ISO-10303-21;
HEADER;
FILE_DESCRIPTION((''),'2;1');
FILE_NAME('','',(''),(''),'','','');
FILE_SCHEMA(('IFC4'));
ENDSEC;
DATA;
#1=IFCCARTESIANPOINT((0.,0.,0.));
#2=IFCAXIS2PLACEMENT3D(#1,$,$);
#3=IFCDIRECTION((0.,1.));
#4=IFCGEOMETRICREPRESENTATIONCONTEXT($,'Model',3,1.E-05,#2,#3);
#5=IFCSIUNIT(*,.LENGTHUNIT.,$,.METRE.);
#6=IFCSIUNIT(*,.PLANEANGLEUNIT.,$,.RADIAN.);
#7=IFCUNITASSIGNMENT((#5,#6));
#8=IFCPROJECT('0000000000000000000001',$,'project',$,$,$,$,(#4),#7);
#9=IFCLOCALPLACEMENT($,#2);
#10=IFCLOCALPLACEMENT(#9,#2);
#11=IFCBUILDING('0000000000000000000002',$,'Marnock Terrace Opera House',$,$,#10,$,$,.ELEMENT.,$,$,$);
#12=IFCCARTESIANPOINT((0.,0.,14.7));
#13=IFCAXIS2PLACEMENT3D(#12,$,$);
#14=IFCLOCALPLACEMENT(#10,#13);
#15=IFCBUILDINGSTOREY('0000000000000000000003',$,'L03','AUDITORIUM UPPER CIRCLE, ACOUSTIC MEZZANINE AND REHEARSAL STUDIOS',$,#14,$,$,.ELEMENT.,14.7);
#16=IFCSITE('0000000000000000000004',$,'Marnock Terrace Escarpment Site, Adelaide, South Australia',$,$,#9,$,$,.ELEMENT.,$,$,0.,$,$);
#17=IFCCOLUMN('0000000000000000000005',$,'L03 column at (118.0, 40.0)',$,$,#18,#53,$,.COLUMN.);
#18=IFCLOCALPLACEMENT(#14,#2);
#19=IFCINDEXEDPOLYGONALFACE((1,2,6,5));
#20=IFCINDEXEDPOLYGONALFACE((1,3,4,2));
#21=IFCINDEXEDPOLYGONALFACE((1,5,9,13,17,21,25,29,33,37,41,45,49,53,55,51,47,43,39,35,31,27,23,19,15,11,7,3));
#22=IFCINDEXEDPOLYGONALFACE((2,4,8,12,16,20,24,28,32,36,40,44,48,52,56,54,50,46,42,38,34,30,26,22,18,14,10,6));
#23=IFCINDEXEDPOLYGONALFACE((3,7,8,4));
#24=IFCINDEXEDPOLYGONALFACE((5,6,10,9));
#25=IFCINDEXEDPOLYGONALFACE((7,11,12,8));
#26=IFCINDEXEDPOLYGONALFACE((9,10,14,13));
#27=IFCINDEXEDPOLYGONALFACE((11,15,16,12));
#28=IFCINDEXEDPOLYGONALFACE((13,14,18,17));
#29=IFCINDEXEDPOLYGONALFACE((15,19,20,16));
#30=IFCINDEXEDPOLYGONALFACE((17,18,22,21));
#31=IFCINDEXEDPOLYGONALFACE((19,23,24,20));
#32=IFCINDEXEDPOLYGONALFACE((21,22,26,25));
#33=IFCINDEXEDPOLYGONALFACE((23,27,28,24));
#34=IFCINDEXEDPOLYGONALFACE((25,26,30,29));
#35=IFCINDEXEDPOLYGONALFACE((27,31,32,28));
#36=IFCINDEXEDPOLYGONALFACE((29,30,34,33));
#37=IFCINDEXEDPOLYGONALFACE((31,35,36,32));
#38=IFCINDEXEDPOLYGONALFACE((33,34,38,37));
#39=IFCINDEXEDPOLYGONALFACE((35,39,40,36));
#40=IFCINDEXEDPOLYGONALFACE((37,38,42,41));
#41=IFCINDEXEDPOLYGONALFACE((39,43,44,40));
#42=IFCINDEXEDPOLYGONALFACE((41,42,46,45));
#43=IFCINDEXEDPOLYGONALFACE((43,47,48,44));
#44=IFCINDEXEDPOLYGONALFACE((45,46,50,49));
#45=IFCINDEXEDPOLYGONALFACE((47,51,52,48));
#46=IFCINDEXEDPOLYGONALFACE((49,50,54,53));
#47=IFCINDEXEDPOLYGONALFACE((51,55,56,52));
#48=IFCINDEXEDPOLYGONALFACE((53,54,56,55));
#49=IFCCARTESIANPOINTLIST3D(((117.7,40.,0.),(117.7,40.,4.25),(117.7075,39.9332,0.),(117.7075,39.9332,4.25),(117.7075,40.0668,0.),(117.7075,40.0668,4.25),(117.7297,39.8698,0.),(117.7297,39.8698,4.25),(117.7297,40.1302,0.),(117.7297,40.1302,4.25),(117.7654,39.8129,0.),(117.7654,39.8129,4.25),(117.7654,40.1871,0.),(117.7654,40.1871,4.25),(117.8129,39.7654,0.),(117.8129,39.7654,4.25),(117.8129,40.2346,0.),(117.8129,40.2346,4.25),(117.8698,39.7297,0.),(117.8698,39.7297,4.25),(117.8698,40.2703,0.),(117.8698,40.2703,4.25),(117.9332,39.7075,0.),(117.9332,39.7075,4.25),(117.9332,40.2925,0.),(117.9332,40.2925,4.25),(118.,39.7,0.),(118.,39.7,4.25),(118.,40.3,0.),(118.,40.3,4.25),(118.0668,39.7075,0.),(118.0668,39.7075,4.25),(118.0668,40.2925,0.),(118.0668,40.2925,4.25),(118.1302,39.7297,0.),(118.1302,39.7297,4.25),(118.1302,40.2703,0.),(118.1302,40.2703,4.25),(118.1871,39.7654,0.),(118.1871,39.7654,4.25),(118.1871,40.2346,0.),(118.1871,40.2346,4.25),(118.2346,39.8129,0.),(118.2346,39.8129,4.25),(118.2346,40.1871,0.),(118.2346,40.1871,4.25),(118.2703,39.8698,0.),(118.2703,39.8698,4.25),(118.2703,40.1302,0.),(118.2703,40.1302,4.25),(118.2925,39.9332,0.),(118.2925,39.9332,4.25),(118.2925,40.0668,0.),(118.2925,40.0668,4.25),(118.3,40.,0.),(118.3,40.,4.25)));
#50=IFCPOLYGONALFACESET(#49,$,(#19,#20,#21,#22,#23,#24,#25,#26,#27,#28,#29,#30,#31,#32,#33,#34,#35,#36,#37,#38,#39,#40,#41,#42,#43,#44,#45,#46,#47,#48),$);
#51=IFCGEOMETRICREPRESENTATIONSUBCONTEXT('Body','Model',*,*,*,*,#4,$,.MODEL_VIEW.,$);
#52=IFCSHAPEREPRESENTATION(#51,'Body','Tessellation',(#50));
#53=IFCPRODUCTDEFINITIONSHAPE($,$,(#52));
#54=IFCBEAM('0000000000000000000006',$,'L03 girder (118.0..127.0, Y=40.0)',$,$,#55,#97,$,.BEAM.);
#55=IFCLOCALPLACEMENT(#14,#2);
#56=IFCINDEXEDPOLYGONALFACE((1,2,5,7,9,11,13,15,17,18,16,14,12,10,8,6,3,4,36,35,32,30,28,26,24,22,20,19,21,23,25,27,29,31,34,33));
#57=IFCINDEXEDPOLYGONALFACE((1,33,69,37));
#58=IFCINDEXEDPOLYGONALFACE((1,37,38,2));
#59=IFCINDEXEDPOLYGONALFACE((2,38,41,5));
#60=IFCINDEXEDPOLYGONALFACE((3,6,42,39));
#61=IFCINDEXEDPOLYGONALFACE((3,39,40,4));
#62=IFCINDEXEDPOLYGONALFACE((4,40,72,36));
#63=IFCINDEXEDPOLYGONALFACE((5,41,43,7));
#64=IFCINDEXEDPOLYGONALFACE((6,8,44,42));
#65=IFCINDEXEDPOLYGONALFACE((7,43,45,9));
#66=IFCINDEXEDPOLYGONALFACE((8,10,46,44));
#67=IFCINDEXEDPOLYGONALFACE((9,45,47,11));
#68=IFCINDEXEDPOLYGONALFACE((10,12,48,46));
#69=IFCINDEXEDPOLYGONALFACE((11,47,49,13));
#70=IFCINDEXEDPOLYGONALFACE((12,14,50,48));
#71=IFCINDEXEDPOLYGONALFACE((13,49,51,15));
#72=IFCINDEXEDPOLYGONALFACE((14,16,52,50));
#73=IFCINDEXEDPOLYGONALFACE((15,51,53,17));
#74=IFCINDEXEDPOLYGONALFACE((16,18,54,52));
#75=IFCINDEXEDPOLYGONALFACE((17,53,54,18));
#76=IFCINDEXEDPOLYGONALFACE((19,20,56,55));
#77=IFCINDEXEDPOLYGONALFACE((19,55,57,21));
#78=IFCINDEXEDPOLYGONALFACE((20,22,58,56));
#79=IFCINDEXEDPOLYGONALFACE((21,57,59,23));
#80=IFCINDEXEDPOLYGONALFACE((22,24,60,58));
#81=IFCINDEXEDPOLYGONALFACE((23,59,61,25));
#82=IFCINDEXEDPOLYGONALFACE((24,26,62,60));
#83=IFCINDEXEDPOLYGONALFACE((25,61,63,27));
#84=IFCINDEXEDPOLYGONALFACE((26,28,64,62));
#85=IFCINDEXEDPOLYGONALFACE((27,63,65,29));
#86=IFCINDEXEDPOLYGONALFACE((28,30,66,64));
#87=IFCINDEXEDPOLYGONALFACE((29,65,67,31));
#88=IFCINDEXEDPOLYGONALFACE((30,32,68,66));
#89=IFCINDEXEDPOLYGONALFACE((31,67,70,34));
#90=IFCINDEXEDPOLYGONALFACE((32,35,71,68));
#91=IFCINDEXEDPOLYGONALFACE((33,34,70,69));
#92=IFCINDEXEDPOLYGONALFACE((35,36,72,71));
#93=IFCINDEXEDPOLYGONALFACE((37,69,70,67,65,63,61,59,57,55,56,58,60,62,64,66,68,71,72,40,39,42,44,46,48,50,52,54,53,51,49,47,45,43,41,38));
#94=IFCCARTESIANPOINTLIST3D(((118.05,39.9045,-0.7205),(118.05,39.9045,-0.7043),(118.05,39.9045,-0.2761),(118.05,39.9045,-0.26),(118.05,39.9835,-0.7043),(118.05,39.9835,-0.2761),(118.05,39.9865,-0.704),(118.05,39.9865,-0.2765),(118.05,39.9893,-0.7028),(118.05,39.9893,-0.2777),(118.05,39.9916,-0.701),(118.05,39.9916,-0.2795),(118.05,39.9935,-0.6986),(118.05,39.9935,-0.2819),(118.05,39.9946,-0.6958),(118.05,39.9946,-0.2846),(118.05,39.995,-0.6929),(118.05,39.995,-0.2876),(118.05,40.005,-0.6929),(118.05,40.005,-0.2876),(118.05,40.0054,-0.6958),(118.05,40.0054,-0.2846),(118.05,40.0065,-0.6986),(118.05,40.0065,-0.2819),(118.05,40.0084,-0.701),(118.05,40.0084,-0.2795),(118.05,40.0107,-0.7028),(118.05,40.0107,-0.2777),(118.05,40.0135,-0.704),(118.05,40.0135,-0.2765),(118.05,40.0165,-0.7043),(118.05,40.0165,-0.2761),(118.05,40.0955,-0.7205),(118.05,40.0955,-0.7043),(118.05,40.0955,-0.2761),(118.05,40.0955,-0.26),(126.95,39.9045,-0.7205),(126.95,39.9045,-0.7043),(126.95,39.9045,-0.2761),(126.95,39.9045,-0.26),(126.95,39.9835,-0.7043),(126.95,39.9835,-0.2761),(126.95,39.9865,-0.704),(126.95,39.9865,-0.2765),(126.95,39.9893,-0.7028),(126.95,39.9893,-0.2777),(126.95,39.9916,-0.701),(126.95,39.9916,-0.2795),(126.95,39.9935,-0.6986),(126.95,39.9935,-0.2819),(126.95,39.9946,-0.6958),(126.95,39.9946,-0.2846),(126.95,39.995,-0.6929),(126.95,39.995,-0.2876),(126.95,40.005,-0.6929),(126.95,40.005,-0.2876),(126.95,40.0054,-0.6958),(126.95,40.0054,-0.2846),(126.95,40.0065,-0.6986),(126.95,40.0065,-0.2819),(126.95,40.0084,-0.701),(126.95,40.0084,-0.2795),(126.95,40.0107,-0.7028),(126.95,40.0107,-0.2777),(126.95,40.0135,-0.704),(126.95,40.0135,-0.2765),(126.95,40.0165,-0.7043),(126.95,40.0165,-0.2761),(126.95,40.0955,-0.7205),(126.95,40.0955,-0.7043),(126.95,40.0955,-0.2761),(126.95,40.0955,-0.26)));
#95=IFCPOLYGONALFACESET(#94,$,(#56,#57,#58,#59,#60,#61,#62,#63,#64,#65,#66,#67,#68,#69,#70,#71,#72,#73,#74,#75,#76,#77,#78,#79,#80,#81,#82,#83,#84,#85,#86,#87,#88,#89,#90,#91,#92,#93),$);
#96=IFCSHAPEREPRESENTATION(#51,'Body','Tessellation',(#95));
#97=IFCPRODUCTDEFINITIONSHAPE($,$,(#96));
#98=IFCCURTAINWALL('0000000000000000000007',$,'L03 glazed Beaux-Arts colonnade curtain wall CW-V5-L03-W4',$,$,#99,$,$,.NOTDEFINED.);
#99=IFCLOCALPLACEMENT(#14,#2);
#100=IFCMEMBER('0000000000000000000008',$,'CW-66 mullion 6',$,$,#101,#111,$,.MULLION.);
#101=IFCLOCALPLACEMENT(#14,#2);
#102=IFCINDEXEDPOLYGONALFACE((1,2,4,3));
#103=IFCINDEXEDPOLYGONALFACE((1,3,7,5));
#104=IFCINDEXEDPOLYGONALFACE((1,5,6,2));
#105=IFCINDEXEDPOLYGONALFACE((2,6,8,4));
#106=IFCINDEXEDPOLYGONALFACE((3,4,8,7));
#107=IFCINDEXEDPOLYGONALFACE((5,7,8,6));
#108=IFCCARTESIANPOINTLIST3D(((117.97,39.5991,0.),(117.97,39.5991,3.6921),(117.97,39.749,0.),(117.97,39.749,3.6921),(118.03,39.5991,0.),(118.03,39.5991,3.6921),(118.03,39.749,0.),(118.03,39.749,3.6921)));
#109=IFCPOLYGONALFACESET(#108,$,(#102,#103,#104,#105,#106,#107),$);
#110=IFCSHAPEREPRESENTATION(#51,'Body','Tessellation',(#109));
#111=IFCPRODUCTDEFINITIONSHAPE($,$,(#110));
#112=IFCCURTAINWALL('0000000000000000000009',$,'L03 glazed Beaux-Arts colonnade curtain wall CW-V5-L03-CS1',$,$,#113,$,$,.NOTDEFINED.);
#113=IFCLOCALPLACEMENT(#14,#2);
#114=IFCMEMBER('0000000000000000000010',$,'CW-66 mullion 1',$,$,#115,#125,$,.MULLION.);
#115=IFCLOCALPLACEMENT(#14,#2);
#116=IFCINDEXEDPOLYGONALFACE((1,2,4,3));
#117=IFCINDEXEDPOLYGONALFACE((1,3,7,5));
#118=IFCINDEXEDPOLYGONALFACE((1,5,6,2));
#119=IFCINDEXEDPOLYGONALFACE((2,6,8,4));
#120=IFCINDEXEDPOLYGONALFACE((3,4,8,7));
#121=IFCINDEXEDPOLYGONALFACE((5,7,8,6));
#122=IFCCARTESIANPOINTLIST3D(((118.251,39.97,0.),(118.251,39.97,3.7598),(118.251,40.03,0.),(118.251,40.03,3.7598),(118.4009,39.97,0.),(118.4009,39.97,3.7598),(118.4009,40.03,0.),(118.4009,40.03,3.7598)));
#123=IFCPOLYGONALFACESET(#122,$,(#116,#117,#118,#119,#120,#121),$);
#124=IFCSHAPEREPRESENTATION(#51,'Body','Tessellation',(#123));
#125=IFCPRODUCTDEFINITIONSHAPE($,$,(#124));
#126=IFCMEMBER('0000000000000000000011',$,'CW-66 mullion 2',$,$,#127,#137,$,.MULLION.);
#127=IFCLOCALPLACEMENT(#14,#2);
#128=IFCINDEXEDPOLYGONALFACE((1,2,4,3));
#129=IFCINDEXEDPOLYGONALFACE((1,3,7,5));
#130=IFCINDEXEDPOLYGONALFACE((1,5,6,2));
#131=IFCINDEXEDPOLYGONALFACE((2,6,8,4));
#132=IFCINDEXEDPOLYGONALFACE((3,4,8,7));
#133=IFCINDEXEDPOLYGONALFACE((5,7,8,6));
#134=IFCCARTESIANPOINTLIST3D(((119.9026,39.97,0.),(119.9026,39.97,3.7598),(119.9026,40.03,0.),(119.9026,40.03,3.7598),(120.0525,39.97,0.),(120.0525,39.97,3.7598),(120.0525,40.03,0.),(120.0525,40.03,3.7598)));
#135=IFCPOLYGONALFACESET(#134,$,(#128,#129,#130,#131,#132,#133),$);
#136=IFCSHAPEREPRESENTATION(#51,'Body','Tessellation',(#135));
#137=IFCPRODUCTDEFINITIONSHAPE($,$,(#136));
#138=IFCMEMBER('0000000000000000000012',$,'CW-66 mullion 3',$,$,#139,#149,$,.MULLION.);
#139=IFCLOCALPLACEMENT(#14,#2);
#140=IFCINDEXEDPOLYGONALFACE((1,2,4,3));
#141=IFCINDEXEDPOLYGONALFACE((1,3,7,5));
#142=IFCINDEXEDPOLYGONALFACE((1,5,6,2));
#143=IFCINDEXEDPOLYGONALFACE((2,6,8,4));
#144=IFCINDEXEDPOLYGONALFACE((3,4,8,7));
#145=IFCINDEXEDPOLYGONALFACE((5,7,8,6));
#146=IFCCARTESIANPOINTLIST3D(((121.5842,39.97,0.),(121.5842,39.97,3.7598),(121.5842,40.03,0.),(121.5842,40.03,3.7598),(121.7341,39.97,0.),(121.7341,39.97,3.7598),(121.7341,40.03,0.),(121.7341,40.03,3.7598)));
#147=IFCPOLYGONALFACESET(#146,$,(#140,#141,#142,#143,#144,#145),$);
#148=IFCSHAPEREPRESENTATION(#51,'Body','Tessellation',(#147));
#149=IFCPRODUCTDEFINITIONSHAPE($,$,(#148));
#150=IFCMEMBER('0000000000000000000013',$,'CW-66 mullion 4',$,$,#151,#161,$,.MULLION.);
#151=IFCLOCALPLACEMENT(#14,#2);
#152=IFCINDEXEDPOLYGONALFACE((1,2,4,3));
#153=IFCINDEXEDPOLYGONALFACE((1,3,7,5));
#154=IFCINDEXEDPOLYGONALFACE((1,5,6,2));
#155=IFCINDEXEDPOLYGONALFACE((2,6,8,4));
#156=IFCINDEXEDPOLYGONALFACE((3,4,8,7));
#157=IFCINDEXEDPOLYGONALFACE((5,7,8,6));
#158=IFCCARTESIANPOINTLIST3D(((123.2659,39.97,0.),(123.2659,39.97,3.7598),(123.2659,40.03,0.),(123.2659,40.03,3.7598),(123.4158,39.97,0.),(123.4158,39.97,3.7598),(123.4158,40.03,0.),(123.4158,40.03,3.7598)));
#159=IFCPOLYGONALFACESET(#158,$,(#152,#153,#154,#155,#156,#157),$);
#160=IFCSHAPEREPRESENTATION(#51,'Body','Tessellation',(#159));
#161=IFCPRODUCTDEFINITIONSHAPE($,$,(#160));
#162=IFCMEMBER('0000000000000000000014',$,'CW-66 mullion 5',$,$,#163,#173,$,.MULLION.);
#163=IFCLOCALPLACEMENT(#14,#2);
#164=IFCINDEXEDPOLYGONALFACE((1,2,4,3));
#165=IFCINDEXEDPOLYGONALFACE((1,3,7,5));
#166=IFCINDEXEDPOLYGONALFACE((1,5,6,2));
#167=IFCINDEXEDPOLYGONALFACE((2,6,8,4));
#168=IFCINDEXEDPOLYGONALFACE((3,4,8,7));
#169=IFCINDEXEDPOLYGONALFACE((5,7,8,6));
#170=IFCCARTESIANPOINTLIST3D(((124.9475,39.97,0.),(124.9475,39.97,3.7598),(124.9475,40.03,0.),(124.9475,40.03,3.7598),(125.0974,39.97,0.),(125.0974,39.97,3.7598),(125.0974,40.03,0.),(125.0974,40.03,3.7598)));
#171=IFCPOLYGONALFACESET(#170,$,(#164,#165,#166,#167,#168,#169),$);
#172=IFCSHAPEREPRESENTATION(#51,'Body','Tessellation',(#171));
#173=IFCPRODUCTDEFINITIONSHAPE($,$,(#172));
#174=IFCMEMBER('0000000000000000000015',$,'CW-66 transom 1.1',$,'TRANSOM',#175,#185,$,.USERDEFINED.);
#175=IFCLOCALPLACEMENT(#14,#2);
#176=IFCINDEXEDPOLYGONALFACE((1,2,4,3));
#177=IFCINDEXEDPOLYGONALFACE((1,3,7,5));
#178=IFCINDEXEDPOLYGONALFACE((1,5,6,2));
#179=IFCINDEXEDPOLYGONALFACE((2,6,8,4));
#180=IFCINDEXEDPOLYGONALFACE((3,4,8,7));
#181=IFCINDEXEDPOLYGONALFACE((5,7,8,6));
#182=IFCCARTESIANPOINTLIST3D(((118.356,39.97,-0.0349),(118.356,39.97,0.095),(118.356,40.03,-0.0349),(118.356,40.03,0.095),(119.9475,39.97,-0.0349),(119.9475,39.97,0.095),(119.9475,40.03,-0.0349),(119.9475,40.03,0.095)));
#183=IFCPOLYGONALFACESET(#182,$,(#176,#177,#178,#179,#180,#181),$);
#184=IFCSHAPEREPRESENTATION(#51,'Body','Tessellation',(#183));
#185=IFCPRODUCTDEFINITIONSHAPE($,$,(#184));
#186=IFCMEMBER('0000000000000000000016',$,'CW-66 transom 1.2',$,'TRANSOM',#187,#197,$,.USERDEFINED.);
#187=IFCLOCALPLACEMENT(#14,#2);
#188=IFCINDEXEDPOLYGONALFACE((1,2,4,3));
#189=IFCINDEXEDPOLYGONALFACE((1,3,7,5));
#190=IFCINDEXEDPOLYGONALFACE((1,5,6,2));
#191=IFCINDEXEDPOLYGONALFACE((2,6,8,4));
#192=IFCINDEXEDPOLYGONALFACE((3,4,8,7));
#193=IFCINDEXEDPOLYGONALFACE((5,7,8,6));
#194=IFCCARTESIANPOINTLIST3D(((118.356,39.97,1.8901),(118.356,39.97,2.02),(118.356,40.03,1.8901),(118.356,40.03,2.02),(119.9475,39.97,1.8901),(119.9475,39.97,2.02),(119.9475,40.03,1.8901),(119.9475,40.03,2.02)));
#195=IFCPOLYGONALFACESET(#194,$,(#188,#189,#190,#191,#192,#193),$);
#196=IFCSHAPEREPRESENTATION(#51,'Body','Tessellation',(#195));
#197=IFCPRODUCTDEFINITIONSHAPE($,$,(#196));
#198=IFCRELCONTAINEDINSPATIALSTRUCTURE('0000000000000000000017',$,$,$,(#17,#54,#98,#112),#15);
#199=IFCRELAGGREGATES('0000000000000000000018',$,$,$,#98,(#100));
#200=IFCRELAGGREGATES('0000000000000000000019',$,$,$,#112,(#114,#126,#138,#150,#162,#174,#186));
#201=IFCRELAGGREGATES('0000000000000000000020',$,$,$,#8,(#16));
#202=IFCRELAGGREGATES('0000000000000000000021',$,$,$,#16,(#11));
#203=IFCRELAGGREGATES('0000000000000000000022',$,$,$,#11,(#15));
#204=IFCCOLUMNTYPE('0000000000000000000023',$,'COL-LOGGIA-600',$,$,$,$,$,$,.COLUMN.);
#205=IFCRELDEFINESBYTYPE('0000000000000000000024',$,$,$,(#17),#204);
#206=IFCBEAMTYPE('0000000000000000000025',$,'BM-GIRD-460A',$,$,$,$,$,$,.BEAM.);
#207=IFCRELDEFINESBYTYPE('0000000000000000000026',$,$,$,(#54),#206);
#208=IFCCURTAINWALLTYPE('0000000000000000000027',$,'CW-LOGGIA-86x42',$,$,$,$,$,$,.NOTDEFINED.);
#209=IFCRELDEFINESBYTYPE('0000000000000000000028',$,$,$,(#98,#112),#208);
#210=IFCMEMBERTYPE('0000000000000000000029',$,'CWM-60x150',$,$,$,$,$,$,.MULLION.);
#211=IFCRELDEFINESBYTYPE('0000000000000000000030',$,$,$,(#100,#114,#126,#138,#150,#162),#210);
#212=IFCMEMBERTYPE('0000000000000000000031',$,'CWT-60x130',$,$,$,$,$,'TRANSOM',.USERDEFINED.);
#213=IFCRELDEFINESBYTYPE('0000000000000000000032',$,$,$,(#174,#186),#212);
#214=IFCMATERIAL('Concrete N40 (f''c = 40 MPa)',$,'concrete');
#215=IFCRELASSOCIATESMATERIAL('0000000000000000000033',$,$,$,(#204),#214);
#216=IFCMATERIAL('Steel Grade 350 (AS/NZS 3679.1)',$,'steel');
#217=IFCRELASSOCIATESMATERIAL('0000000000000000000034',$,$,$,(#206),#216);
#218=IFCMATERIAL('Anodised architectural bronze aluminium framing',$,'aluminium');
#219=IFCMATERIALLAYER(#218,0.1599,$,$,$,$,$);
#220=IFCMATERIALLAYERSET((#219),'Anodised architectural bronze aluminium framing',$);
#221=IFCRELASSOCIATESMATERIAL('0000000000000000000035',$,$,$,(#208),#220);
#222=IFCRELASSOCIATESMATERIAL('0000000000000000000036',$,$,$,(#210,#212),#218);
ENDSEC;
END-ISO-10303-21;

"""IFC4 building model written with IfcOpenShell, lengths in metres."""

from ifc_helpers import new_model, si_unit, direction, frame, origin, origin_2d, place, context, subcontext, project, spatial, rectangle, circle, i_section, extrude, material, layer, layer_set, material_profile, profile_set, type_object, element, aggregate, save


model = new_model("IFC4")

# Units and contexts
model_context = context("Model", 3, precision=1e-05, world=origin(), true_north=direction((0.0, 1.0)))
body_context = subcontext(model_context, "Body", "Model", "MODEL_VIEW")
ifc_project = project(units=[si_unit("LENGTHUNIT", "METRE"), si_unit("PLANEANGLEUNIT", "RADIAN")], contexts=[model_context])

# Site, building, storey
site_placement = place(None, origin())
site = spatial("IfcSite", under=ifc_project, at=site_placement, Name="Marnock Terrace Escarpment Site, Adelaide, South Australia", CompositionType="ELEMENT", RefElevation=0.0)
building_placement = place(site_placement, origin())
building = spatial("IfcBuilding", under=site, at=building_placement, Name="Marnock Terrace Opera House", CompositionType="ELEMENT")
storey_placement = place(building_placement, frame((0.0, 0.0, 14.7)))
storey = spatial("IfcBuildingStorey", under=building, at=storey_placement, Name="L03", Description="AUDITORIUM UPPER CIRCLE, ACOUSTIC MEZZANINE AND REHEARSAL STUDIOS", CompositionType="ELEMENT", Elevation=14.7)

# Column
ifc_material_1 = material(Name="Concrete N40 (f'c = 40 MPa)", Category="concrete")
ifc_material_profile_1 = material_profile(ifc_material_1, circle(Radius=0.3, at=origin_2d()))
ifc_profile_set_1 = profile_set([ifc_material_profile_1], Name="Concrete N40 (f'c = 40 MPa)")
column_type = type_object("IfcColumnType", Name="COL-LOGGIA-600", PredefinedType="COLUMN", material=ifc_profile_set_1)
column_placement = place(storey_placement, frame((118.0, 40.0, 0.0), z_axis=(0.0, 0.0, 1.0), x_axis=(1.0, 0.0, 0.0)))
element("IfcColumn", 1, at=column_placement, inside=storey, type_object=column_type, Name="L03 column at (118.0, 40.0)", PredefinedType="COLUMN", context=body_context, shape_type="SweptSolid", body=[
    extrude(circle(Radius=0.3, at=origin_2d()), origin(), (0.0, 0.0, 1.0), 4.25),
])

# Beam
ifc_material_2 = material(Name="Steel Grade 350 (AS/NZS 3679.1)", Category="steel")
ifc_material_profile_2 = material_profile(ifc_material_2, i_section(OverallWidth=0.1909, OverallDepth=0.4604, WebThickness=0.01, FlangeThickness=0.0161, FilletRadius=0.0115, at=origin_2d()))
ifc_profile_set_2 = profile_set([ifc_material_profile_2], Name="Steel Grade 350 (AS/NZS 3679.1)")
beam_type = type_object("IfcBeamType", Name="BM-GIRD-460A", PredefinedType="BEAM", material=ifc_profile_set_2)
beam_placement = place(storey_placement, frame((118.05, 40.0, -0.4902), z_axis=(1.0, 0.0, 0.0), x_axis=(0.0, 1.0, 0.0)))
element("IfcBeam", 2, at=beam_placement, inside=storey, type_object=beam_type, Name="L03 girder (118.0..127.0, Y=40.0)", PredefinedType="BEAM", context=body_context, shape_type="SweptSolid", body=[
    extrude(i_section(OverallWidth=0.1909, OverallDepth=0.4604, WebThickness=0.01, FlangeThickness=0.0161, FilletRadius=0.0115, at=origin_2d()), origin(), (0.0, 0.0, 1.0), 8.8999),
])

# Curtain wall, member
ifc_material_3 = material(Name="Anodised architectural bronze aluminium framing", Category="aluminium")
ifc_layer_1 = layer(ifc_material_3, 0.1599)
ifc_layer_set_1 = layer_set([ifc_layer_1], Name="Anodised architectural bronze aluminium framing")
curtain_wall_type = type_object("IfcCurtainWallType", Name="CW-LOGGIA-86x42", PredefinedType="NOTDEFINED", material=ifc_layer_set_1)
curtain_wall_1_placement = place(storey_placement, origin())
curtain_wall_1 = element("IfcCurtainWall", 3, at=curtain_wall_1_placement, inside=storey, type_object=curtain_wall_type, Name="L03 glazed Beaux-Arts colonnade curtain wall CW-V5-L03-W4", PredefinedType="NOTDEFINED")
ifc_material_profile_3 = material_profile(ifc_material_3, rectangle(XDim=0.0601, YDim=0.1499, at=origin_2d()))
ifc_profile_set_3 = profile_set([ifc_material_profile_3], Name="Anodised architectural bronze aluminium framing")
member_type_1 = type_object("IfcMemberType", Name="CWM-60x150", PredefinedType="MULLION", material=ifc_profile_set_3)
member_1_placement = place(storey_placement, frame((118.0, 39.6741, 0.0), z_axis=(0.0, 0.0, 1.0), x_axis=(-1.0, 0.0, 0.0)))
member_1 = element("IfcMember", 4, at=member_1_placement, type_object=member_type_1, Name="CW-66 mullion 6", PredefinedType="MULLION", context=body_context, shape_type="SweptSolid", body=[
    extrude(rectangle(XDim=0.0601, YDim=0.1499, at=origin_2d()), origin(), (0.0, 0.0, 1.0), 3.6921),
])
aggregate(curtain_wall_1, [member_1])

# Curtain wall, members
curtain_wall_2_placement = place(storey_placement, origin())
curtain_wall_2 = element("IfcCurtainWall", 5, at=curtain_wall_2_placement, inside=storey, type_object=curtain_wall_type, Name="L03 glazed Beaux-Arts colonnade curtain wall CW-V5-L03-CS1", PredefinedType="NOTDEFINED")
member_2_placement = place(storey_placement, frame((118.3259, 40.0, 0.0), z_axis=(0.0, 0.0, 1.0), x_axis=(0.0, 1.0, 0.0)))
member_2 = element("IfcMember", 6, at=member_2_placement, type_object=member_type_1, Name="CW-66 mullion 1", PredefinedType="MULLION", context=body_context, shape_type="SweptSolid", body=[
    extrude(rectangle(XDim=0.0601, YDim=0.1499, at=origin_2d()), origin(), (0.0, 0.0, 1.0), 3.7598),
])
member_3_placement = place(storey_placement, frame((119.9775, 40.0, 0.0), z_axis=(0.0, 0.0, 1.0), x_axis=(0.0, 1.0, 0.0)))
member_3 = element("IfcMember", 7, at=member_3_placement, type_object=member_type_1, Name="CW-66 mullion 2", PredefinedType="MULLION", context=body_context, shape_type="SweptSolid", body=[
    extrude(rectangle(XDim=0.0601, YDim=0.1499, at=origin_2d()), origin(), (0.0, 0.0, 1.0), 3.7598),
])
member_4_placement = place(storey_placement, frame((121.6592, 40.0, 0.0), z_axis=(0.0, 0.0, 1.0), x_axis=(0.0, 1.0, 0.0)))
member_4 = element("IfcMember", 8, at=member_4_placement, type_object=member_type_1, Name="CW-66 mullion 3", PredefinedType="MULLION", context=body_context, shape_type="SweptSolid", body=[
    extrude(rectangle(XDim=0.0601, YDim=0.1499, at=origin_2d()), origin(), (0.0, 0.0, 1.0), 3.7598),
])
member_5_placement = place(storey_placement, frame((123.3408, 40.0, 0.0), z_axis=(0.0, 0.0, 1.0), x_axis=(0.0, 1.0, 0.0)))
member_5 = element("IfcMember", 9, at=member_5_placement, type_object=member_type_1, Name="CW-66 mullion 4", PredefinedType="MULLION", context=body_context, shape_type="SweptSolid", body=[
    extrude(rectangle(XDim=0.0601, YDim=0.1499, at=origin_2d()), origin(), (0.0, 0.0, 1.0), 3.7598),
])
member_6_placement = place(storey_placement, frame((125.0225, 40.0, 0.0), z_axis=(0.0, 0.0, 1.0), x_axis=(0.0, 1.0, 0.0)))
member_6 = element("IfcMember", 10, at=member_6_placement, type_object=member_type_1, Name="CW-66 mullion 5", PredefinedType="MULLION", context=body_context, shape_type="SweptSolid", body=[
    extrude(rectangle(XDim=0.0601, YDim=0.1499, at=origin_2d()), origin(), (0.0, 0.0, 1.0), 3.7598),
])
ifc_material_profile_4 = material_profile(ifc_material_3, rectangle(XDim=0.0601, YDim=0.1299, at=origin_2d()))
ifc_profile_set_4 = profile_set([ifc_material_profile_4], Name="Anodised architectural bronze aluminium framing")
member_type_2 = type_object("IfcMemberType", Name="CWT-60x130", ElementType="TRANSOM", PredefinedType="USERDEFINED", material=ifc_profile_set_4)
member_7_placement = place(storey_placement, frame((118.356, 40.0, 0.03), z_axis=(1.0, 0.0, 0.0), x_axis=(0.0, 1.0, 0.0)))
member_7 = element("IfcMember", 11, at=member_7_placement, type_object=member_type_2, Name="CW-66 transom 1.1", ObjectType="TRANSOM", PredefinedType="USERDEFINED", context=body_context, shape_type="SweptSolid", body=[
    extrude(rectangle(XDim=0.0601, YDim=0.1299, at=origin_2d()), origin(), (0.0, 0.0, 1.0), 1.5916),
])
member_8_placement = place(storey_placement, frame((118.356, 40.0, 1.9551), z_axis=(1.0, 0.0, 0.0), x_axis=(0.0, 1.0, 0.0)))
member_8 = element("IfcMember", 12, at=member_8_placement, type_object=member_type_2, Name="CW-66 transom 1.2", ObjectType="TRANSOM", PredefinedType="USERDEFINED", context=body_context, shape_type="SweptSolid", body=[
    extrude(rectangle(XDim=0.0601, YDim=0.1299, at=origin_2d()), origin(), (0.0, 0.0, 1.0), 1.5916),
])
aggregate(curtain_wall_2, [member_2, member_3, member_4, member_5, member_6, member_7, member_8])

save(model, "model.ifc")
